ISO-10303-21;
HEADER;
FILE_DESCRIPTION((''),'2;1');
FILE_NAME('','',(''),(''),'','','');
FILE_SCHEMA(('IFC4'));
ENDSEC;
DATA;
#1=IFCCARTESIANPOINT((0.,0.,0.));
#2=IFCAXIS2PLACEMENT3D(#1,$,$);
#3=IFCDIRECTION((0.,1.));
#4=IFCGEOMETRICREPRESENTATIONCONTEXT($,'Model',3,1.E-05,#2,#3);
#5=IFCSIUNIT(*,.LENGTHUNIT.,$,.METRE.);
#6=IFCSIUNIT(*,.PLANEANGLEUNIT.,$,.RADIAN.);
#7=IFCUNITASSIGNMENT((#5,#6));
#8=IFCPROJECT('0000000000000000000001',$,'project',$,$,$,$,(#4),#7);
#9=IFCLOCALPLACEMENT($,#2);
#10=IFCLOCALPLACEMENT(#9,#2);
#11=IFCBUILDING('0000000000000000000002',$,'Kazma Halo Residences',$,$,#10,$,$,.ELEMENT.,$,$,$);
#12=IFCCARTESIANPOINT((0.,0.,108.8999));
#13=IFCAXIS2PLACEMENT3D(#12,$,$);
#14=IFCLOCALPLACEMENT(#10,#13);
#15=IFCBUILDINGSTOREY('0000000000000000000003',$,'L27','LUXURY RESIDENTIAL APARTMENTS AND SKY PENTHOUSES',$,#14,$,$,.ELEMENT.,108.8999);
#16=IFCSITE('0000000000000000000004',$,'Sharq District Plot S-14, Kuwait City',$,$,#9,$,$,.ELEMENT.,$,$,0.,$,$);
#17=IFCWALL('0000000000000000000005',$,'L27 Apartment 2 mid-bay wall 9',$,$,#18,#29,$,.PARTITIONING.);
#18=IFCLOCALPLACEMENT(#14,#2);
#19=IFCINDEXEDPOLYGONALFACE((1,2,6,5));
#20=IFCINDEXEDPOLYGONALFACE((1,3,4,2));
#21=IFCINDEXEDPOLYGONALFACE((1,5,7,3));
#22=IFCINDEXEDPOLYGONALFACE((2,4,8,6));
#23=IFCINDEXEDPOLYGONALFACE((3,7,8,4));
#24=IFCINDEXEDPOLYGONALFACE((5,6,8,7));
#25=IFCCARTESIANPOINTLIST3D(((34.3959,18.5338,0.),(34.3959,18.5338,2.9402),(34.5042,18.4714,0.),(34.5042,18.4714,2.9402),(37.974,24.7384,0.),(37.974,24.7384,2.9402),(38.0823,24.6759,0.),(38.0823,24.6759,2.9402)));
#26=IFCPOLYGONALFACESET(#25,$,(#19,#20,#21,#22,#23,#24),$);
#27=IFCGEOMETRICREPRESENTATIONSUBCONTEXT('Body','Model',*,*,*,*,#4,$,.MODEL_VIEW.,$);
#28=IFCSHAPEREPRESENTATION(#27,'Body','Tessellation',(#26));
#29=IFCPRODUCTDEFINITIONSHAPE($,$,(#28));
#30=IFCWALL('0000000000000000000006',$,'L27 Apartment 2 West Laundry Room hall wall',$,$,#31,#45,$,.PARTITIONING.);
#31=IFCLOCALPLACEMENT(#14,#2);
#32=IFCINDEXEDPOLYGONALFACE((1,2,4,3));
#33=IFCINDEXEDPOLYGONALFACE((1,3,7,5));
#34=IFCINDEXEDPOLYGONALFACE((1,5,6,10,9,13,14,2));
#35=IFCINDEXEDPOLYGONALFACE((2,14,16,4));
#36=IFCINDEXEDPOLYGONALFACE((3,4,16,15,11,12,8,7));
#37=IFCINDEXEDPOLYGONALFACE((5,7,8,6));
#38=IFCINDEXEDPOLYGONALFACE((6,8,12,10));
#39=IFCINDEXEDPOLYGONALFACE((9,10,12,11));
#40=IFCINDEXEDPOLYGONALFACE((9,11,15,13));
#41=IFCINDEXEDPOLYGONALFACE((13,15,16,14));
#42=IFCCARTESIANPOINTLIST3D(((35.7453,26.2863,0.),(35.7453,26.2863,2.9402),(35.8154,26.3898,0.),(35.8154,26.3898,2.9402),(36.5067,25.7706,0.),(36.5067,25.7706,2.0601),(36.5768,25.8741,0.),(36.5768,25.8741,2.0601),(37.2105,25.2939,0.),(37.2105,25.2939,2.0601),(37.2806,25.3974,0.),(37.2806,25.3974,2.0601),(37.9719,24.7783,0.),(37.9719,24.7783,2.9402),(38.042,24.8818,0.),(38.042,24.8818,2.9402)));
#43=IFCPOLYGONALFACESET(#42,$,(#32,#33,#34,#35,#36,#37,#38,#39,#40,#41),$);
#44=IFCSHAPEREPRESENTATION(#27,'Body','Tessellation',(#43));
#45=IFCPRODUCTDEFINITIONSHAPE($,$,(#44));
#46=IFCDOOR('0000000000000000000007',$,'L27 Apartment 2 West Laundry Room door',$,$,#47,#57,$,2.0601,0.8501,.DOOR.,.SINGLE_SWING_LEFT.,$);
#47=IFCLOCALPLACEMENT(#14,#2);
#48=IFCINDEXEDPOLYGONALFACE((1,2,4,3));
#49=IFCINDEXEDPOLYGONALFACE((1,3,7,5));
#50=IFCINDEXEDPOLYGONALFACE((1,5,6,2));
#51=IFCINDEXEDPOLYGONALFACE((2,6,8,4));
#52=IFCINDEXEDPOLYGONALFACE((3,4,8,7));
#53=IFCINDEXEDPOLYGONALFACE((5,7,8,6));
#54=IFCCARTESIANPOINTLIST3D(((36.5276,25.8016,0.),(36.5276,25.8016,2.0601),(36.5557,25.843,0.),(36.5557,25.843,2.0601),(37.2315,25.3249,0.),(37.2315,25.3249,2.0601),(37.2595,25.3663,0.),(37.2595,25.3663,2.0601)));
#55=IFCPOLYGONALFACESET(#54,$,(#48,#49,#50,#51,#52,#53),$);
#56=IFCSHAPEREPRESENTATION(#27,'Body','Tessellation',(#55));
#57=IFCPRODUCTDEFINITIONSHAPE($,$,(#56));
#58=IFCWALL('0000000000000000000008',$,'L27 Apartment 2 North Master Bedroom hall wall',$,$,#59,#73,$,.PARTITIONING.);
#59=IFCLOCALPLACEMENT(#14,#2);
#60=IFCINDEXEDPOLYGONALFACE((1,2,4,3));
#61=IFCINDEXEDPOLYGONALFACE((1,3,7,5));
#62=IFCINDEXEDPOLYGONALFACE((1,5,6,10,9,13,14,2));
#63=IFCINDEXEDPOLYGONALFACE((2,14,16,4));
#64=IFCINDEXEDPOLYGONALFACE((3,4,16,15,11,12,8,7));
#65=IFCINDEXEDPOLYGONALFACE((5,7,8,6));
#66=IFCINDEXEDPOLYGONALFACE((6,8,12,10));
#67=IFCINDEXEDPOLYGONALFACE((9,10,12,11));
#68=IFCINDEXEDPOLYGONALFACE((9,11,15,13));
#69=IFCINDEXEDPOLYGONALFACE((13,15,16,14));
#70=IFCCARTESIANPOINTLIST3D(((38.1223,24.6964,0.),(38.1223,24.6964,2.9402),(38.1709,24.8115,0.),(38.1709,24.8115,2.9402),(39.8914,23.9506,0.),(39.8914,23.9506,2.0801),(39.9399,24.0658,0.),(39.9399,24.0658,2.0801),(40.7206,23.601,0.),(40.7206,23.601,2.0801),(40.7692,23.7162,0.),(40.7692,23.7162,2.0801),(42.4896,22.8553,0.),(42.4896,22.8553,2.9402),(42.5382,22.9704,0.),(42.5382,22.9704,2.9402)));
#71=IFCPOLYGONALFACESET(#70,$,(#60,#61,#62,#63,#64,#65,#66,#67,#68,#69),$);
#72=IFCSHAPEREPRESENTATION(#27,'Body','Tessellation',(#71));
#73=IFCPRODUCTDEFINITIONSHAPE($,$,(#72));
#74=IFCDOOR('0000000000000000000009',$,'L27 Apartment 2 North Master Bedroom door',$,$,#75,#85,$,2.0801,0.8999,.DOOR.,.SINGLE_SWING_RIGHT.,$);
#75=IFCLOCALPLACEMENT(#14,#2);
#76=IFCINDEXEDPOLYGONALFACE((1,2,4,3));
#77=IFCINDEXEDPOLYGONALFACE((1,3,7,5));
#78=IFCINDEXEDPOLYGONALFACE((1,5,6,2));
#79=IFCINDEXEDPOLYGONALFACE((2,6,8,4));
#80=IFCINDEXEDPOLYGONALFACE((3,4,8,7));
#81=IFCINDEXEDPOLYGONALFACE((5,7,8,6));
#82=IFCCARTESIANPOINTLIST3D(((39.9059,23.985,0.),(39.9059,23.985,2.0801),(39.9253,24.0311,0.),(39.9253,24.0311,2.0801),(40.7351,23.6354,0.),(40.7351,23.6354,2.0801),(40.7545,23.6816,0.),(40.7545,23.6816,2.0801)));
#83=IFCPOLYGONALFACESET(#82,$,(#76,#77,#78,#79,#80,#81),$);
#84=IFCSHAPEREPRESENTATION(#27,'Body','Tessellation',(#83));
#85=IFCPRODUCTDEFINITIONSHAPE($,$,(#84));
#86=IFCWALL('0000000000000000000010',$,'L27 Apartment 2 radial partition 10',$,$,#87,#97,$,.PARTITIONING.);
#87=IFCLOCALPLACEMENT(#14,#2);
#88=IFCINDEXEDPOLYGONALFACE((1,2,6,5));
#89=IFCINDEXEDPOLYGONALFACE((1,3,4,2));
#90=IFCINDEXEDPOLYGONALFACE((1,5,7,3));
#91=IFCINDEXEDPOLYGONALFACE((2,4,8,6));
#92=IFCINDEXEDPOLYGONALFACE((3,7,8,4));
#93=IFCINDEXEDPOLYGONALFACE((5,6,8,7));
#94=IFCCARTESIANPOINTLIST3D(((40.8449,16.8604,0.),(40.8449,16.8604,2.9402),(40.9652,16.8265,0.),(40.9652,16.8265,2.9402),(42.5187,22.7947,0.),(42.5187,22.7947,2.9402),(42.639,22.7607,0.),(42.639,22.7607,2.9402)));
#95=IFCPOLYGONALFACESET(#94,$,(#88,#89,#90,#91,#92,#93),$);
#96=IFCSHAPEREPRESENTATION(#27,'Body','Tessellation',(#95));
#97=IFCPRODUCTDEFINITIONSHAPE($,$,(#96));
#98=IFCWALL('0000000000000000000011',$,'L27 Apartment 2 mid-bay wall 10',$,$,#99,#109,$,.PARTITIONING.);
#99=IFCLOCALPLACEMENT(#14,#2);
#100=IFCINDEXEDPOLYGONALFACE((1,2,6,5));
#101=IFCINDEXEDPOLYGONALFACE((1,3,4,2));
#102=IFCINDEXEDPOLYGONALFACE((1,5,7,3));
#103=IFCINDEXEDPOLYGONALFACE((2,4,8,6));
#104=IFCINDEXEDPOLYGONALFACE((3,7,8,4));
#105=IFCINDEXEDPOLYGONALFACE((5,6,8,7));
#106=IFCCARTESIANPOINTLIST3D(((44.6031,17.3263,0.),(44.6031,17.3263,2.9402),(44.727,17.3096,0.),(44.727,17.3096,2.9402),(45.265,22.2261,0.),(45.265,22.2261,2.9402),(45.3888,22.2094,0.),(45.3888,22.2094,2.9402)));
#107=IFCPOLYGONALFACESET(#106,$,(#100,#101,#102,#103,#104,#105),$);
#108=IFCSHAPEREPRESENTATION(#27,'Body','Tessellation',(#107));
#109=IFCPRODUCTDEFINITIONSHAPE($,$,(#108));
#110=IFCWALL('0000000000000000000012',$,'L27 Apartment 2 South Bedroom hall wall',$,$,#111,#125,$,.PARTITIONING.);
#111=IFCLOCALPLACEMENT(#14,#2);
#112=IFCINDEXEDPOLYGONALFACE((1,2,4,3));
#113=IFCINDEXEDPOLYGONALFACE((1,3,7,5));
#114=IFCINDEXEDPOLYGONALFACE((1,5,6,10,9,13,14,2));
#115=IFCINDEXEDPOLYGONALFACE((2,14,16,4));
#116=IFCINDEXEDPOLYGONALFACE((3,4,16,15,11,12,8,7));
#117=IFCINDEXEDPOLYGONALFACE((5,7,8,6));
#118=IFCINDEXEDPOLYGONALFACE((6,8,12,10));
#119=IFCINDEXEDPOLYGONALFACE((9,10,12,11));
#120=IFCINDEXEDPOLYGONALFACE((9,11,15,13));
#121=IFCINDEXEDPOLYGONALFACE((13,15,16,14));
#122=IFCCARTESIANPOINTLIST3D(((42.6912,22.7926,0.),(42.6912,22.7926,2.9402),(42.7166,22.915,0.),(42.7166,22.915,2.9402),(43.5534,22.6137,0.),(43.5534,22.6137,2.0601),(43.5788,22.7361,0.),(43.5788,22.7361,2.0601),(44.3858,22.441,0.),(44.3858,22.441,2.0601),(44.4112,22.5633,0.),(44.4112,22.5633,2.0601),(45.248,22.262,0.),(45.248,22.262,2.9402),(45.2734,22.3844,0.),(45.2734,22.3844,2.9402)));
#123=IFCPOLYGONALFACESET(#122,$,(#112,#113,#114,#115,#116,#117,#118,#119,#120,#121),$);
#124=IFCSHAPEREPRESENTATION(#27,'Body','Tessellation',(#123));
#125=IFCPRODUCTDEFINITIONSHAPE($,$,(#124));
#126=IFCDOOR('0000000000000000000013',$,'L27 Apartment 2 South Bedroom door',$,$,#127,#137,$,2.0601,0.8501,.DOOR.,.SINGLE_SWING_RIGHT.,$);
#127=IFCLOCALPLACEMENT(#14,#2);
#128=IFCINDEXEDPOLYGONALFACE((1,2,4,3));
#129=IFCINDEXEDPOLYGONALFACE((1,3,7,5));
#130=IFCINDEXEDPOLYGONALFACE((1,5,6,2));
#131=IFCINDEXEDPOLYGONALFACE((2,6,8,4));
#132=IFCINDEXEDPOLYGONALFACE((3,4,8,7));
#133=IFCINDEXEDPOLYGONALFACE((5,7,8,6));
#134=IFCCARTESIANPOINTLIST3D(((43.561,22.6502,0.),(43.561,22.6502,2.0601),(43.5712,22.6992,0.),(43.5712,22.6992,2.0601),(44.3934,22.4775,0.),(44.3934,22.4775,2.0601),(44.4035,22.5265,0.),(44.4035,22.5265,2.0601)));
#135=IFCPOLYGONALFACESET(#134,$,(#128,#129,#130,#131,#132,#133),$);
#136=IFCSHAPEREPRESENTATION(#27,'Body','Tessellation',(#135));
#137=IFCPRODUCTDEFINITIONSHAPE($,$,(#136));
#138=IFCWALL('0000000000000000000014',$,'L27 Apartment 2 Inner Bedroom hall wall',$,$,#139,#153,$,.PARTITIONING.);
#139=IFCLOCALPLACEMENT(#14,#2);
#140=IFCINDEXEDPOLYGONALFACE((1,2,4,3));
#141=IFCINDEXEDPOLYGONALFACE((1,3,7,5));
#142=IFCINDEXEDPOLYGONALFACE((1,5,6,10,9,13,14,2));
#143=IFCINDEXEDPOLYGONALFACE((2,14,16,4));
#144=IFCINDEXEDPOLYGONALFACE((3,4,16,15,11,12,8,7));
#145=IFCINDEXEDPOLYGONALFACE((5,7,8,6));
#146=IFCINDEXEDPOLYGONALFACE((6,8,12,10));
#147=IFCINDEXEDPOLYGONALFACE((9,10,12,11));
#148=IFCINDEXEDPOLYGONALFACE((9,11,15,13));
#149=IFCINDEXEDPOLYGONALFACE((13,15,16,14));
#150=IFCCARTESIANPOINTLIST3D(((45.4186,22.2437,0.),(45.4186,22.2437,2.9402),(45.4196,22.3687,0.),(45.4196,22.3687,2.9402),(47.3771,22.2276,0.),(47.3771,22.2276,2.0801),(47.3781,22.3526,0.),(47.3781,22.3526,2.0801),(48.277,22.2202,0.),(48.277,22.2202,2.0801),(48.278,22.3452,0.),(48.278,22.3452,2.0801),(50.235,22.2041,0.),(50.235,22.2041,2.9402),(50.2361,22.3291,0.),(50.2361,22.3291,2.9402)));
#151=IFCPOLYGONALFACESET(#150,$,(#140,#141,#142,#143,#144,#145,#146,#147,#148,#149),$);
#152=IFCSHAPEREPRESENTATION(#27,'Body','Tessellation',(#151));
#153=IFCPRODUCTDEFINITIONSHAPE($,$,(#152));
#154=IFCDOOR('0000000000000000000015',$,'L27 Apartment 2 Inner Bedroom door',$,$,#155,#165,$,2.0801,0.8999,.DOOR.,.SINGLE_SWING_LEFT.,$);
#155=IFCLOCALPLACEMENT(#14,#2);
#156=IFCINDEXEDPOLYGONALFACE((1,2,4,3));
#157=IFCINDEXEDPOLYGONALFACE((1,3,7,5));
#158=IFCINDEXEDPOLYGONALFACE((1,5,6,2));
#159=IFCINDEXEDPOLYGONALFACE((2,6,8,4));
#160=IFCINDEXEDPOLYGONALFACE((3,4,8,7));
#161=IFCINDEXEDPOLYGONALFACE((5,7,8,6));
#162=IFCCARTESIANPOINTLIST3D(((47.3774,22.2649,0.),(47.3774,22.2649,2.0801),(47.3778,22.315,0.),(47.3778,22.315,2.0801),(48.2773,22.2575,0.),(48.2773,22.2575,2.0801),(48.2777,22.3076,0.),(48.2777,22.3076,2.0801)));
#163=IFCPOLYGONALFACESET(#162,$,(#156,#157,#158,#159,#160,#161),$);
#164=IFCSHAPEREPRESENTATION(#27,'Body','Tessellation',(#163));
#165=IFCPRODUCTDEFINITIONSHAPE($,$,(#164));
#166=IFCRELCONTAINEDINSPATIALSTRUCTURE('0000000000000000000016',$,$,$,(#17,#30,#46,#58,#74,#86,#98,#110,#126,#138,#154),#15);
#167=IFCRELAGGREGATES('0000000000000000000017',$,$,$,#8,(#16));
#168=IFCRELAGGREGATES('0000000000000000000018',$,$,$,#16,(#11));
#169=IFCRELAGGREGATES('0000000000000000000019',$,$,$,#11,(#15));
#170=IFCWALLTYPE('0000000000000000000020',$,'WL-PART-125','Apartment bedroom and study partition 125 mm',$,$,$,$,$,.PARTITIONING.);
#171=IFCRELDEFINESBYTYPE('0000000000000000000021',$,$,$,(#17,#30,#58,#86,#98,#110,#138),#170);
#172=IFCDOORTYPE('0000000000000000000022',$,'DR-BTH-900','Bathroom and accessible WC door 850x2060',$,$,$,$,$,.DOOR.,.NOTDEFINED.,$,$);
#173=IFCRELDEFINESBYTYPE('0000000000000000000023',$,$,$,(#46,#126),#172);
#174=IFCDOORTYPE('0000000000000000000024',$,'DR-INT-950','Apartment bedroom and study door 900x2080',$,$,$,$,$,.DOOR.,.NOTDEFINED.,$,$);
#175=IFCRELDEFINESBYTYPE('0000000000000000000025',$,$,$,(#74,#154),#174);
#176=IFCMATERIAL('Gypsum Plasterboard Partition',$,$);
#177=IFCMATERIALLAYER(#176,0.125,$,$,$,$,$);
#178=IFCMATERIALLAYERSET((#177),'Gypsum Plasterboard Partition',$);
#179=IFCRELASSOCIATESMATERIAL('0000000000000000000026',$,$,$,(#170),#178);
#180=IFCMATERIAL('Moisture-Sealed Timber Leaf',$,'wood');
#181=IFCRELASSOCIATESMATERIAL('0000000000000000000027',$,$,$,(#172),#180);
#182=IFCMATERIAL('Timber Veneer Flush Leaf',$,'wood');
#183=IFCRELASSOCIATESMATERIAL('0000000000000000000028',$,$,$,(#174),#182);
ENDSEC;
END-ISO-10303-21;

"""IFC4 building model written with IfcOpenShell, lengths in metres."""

from ifc_helpers import new_model, si_unit, direction, frame, frame_2d, origin, place, context, subcontext, project, spatial, rectangle, extrude, material, layer, layer_set, type_object, element, fill, save


model = new_model("IFC4")

# Units and contexts
model_context = context("Model", 3, precision=1e-05, world=origin(), true_north=direction((0.0, 1.0)))
body_context = subcontext(model_context, "Body", "Model", "MODEL_VIEW")
ifc_project = project(units=[si_unit("LENGTHUNIT", "METRE"), si_unit("PLANEANGLEUNIT", "RADIAN")], contexts=[model_context])

# Site, building, storey
site_placement = place(None, origin())
site = spatial("IfcSite", under=ifc_project, at=site_placement, Name="Sharq District Plot S-14, Kuwait City", CompositionType="ELEMENT", RefElevation=0.0)
building_placement = place(site_placement, origin())
building = spatial("IfcBuilding", under=site, at=building_placement, Name="Kazma Halo Residences", CompositionType="ELEMENT")
storey_placement = place(building_placement, frame((0.0, 0.0, 108.8999)))
storey = spatial("IfcBuildingStorey", under=building, at=storey_placement, Name="L27", Description="LUXURY RESIDENTIAL APARTMENTS AND SKY PENTHOUSES", CompositionType="ELEMENT", Elevation=108.8999)

# Wall
ifc_material_1 = material(Name="Gypsum Plasterboard Partition")
ifc_layer_1 = layer(ifc_material_1, 0.125)
ifc_layer_set_1 = layer_set([ifc_layer_1], Name="Gypsum Plasterboard Partition")
wall_type_1 = type_object("IfcWallType", Name="WL-PART-125", Description="Apartment bedroom and study partition 125 mm", PredefinedType="PARTITIONING", material=ifc_layer_set_1)
wall_1_placement = place(storey_placement, frame((38.0281, 24.707, 0.0), z_axis=(0.0, 0.0, 1.0), x_axis=(-0.499571, -0.866273, 0.0)))
element("IfcWall", 1, at=wall_1_placement, inside=storey, type_object=wall_type_1, Name="L27 Apartment 2 mid-bay wall 9", PredefinedType="PARTITIONING", context=body_context, shape_type="SweptSolid", body=[
    extrude(rectangle(XDim=7.1624, YDim=0.125, at=frame_2d((3.5811, 0.0))), origin(), (0.0, 0.0, 1.0), 2.9402),
])

# Walls, openings, doors
wall_2_placement = place(storey_placement, frame((35.7803, 26.3381, 0.0), z_axis=(0.0, 0.0, 1.0), x_axis=(0.827964, -0.560782, 0.0)))
wall_2 = element("IfcWall", 2, at=wall_2_placement, inside=storey, type_object=wall_type_1, Name="L27 Apartment 2 West Laundry Room hall wall", PredefinedType="PARTITIONING", context=body_context, shape_type="SweptSolid", body=[
    extrude(rectangle(XDim=2.6892, YDim=0.125, at=frame_2d((1.3447, 0.0))), origin(), (0.0, 0.0, 1.0), 2.9402),
])
opening_1_placement = place(wall_2_placement, frame((0.9197, 0.0, 0.0)))
opening_1 = element("IfcOpeningElement", 3, at=opening_1_placement, cuts=wall_2, PredefinedType="OPENING", context=body_context, shape_type="SweptSolid", body=[
    extrude(rectangle(XDim=0.8501, YDim=2.0601, at=frame_2d((0.425, 1.03))), frame((0.0, 0.0725, 0.0), z_axis=(0.0, -1.0, 0.0), x_axis=(1.0, 0.0, 0.0)), (0.0, 0.0, 1.0), 0.145),
])
ifc_material_2 = material(Name="Moisture-Sealed Timber Leaf", Category="wood")
door_type_1 = type_object("IfcDoorType", Name="DR-BTH-900", Description="Bathroom and accessible WC door 850x2060", OperationType="NOTDEFINED", PredefinedType="DOOR", material=ifc_material_2)
door_1_placement = place(opening_1_placement, origin())
door_1 = element("IfcDoor", 4, at=door_1_placement, inside=storey, type_object=door_type_1, Name="L27 Apartment 2 West Laundry Room door", OperationType="SINGLE_SWING_LEFT", OverallHeight=2.0601, OverallWidth=0.8501, PredefinedType="DOOR", context=body_context, shape_type="SweptSolid", body=[
    extrude(rectangle(XDim=0.8501, YDim=2.0601, at=frame_2d((0.425, 1.03))), frame((0.0, 0.0249, 0.0), z_axis=(0.0, -1.0, 0.0), x_axis=(1.0, 0.0, 0.0)), (0.0, 0.0, 1.0), 0.05),
])
fill(opening_1, door_1)
wall_3_placement = place(storey_placement, frame((38.1467, 24.7539, 0.0), z_axis=(0.0, 0.0, 1.0), x_axis=(0.921466, -0.38846, 0.0)))
wall_3 = element("IfcWall", 5, at=wall_3_placement, inside=storey, type_object=wall_type_1, Name="L27 Apartment 2 North Master Bedroom hall wall", PredefinedType="PARTITIONING", context=body_context, shape_type="SweptSolid", body=[
    extrude(rectangle(XDim=4.7395, YDim=0.125, at=frame_2d((2.3696, 0.0))), origin(), (0.0, 0.0, 1.0), 2.9402),
])
opening_2_placement = place(wall_3_placement, frame((1.9197, 0.0, 0.0)))
opening_2 = element("IfcOpeningElement", 6, at=opening_2_placement, cuts=wall_3, PredefinedType="OPENING", context=body_context, shape_type="SweptSolid", body=[
    extrude(rectangle(XDim=0.8999, YDim=2.0801, at=frame_2d((0.45, 1.04))), frame((0.0, 0.0725, 0.0), z_axis=(0.0, -1.0, 0.0), x_axis=(1.0, 0.0, 0.0)), (0.0, 0.0, 1.0), 0.145),
])
ifc_material_3 = material(Name="Timber Veneer Flush Leaf", Category="wood")
door_type_2 = type_object("IfcDoorType", Name="DR-INT-950", Description="Apartment bedroom and study door 900x2080", OperationType="NOTDEFINED", PredefinedType="DOOR", material=ifc_material_3)
door_2_placement = place(opening_2_placement, origin())
door_2 = element("IfcDoor", 7, at=door_2_placement, inside=storey, type_object=door_type_2, Name="L27 Apartment 2 North Master Bedroom door", OperationType="SINGLE_SWING_RIGHT", OverallHeight=2.0801, OverallWidth=0.8999, PredefinedType="DOOR", context=body_context, shape_type="SweptSolid", body=[
    extrude(rectangle(XDim=0.8999, YDim=2.0801, at=frame_2d((0.45, 1.04))), frame((0.0, 0.0249, 0.0), z_axis=(0.0, -1.0, 0.0), x_axis=(1.0, 0.0, 0.0)), (0.0, 0.0, 1.0), 0.05),
])
fill(opening_2, door_2)

# Walls
wall_4_placement = place(storey_placement, frame((42.5789, 22.7778, 0.0), z_axis=(0.0, 0.0, 1.0), x_axis=(-0.271467, -0.962448, 0.0)))
element("IfcWall", 8, at=wall_4_placement, inside=storey, type_object=wall_type_1, Name="L27 Apartment 2 radial partition 10", PredefinedType="PARTITIONING", context=body_context, shape_type="SweptSolid", body=[
    extrude(rectangle(XDim=6.1658, YDim=0.125, at=frame_2d((3.083, 0.0))), origin(), (0.0, 0.0, 1.0), 2.9402),
])
wall_5_placement = place(storey_placement, frame((45.3269, 22.2178, 0.0), z_axis=(0.0, 0.0, 1.0), x_axis=(-0.133862, -0.991, 0.0)))
element("IfcWall", 9, at=wall_5_placement, inside=storey, type_object=wall_type_1, Name="L27 Apartment 2 mid-bay wall 10", PredefinedType="PARTITIONING", context=body_context, shape_type="SweptSolid", body=[
    extrude(rectangle(XDim=4.9443, YDim=0.125, at=frame_2d((2.4722, 0.0))), origin(), (0.0, 0.0, 1.0), 2.9402),
])

# Walls, openings, doors
wall_6_placement = place(storey_placement, frame((42.7039, 22.8538, 0.0), z_axis=(0.0, 0.0, 1.0), x_axis=(0.979146, -0.203159, 0.0)))
wall_6 = element("IfcWall", 10, at=wall_6_placement, inside=storey, type_object=wall_type_1, Name="L27 Apartment 2 South Bedroom hall wall", PredefinedType="PARTITIONING", context=body_context, shape_type="SweptSolid", body=[
    extrude(rectangle(XDim=2.6113, YDim=0.125, at=frame_2d((1.3057, 0.0))), origin(), (0.0, 0.0, 1.0), 2.9402),
])
opening_3_placement = place(wall_6_placement, frame((0.8806, 0.0, 0.0)))
opening_3 = element("IfcOpeningElement", 11, at=opening_3_placement, cuts=wall_6, PredefinedType="OPENING", context=body_context, shape_type="SweptSolid", body=[
    extrude(rectangle(XDim=0.8501, YDim=2.0601, at=frame_2d((0.425, 1.03))), frame((0.0, 0.0725, 0.0), z_axis=(0.0, -1.0, 0.0), x_axis=(1.0, 0.0, 0.0)), (0.0, 0.0, 1.0), 0.145),
])
door_3_placement = place(opening_3_placement, origin())
door_3 = element("IfcDoor", 12, at=door_3_placement, inside=storey, type_object=door_type_1, Name="L27 Apartment 2 South Bedroom door", OperationType="SINGLE_SWING_RIGHT", OverallHeight=2.0601, OverallWidth=0.8501, PredefinedType="DOOR", context=body_context, shape_type="SweptSolid", body=[
    extrude(rectangle(XDim=0.8501, YDim=2.0601, at=frame_2d((0.425, 1.03))), frame((0.0, 0.0249, 0.0), z_axis=(0.0, -1.0, 0.0), x_axis=(1.0, 0.0, 0.0)), (0.0, 0.0, 1.0), 0.05),
])
fill(opening_3, door_3)
wall_7_placement = place(storey_placement, frame((45.4192, 22.3062, 0.0), z_axis=(0.0, 0.0, 1.0), x_axis=(0.999966, -0.008211, 0.0)))
wall_7 = element("IfcWall", 13, at=wall_7_placement, inside=storey, type_object=wall_type_1, Name="L27 Apartment 2 Inner Bedroom hall wall", PredefinedType="PARTITIONING", context=body_context, shape_type="SweptSolid", body=[
    extrude(rectangle(XDim=4.8167, YDim=0.125, at=frame_2d((2.4082, 0.0))), origin(), (0.0, 0.0, 1.0), 2.9402),
])
opening_4_placement = place(wall_7_placement, frame((1.9585, 0.0, 0.0)))
opening_4 = element("IfcOpeningElement", 14, at=opening_4_placement, cuts=wall_7, PredefinedType="OPENING", context=body_context, shape_type="SweptSolid", body=[
    extrude(rectangle(XDim=0.8999, YDim=2.0801, at=frame_2d((0.45, 1.04))), frame((0.0, 0.0725, 0.0), z_axis=(0.0, -1.0, 0.0), x_axis=(1.0, 0.0, 0.0)), (0.0, 0.0, 1.0), 0.145),
])
door_4_placement = place(opening_4_placement, origin())
door_4 = element("IfcDoor", 15, at=door_4_placement, inside=storey, type_object=door_type_2, Name="L27 Apartment 2 Inner Bedroom door", OperationType="SINGLE_SWING_LEFT", OverallHeight=2.0801, OverallWidth=0.8999, PredefinedType="DOOR", context=body_context, shape_type="SweptSolid", body=[
    extrude(rectangle(XDim=0.8999, YDim=2.0801, at=frame_2d((0.45, 1.04))), frame((0.0, 0.0249, 0.0), z_axis=(0.0, -1.0, 0.0), x_axis=(1.0, 0.0, 0.0)), (0.0, 0.0, 1.0), 0.05),
])
fill(opening_4, door_4)

save(model, "model.ifc")
